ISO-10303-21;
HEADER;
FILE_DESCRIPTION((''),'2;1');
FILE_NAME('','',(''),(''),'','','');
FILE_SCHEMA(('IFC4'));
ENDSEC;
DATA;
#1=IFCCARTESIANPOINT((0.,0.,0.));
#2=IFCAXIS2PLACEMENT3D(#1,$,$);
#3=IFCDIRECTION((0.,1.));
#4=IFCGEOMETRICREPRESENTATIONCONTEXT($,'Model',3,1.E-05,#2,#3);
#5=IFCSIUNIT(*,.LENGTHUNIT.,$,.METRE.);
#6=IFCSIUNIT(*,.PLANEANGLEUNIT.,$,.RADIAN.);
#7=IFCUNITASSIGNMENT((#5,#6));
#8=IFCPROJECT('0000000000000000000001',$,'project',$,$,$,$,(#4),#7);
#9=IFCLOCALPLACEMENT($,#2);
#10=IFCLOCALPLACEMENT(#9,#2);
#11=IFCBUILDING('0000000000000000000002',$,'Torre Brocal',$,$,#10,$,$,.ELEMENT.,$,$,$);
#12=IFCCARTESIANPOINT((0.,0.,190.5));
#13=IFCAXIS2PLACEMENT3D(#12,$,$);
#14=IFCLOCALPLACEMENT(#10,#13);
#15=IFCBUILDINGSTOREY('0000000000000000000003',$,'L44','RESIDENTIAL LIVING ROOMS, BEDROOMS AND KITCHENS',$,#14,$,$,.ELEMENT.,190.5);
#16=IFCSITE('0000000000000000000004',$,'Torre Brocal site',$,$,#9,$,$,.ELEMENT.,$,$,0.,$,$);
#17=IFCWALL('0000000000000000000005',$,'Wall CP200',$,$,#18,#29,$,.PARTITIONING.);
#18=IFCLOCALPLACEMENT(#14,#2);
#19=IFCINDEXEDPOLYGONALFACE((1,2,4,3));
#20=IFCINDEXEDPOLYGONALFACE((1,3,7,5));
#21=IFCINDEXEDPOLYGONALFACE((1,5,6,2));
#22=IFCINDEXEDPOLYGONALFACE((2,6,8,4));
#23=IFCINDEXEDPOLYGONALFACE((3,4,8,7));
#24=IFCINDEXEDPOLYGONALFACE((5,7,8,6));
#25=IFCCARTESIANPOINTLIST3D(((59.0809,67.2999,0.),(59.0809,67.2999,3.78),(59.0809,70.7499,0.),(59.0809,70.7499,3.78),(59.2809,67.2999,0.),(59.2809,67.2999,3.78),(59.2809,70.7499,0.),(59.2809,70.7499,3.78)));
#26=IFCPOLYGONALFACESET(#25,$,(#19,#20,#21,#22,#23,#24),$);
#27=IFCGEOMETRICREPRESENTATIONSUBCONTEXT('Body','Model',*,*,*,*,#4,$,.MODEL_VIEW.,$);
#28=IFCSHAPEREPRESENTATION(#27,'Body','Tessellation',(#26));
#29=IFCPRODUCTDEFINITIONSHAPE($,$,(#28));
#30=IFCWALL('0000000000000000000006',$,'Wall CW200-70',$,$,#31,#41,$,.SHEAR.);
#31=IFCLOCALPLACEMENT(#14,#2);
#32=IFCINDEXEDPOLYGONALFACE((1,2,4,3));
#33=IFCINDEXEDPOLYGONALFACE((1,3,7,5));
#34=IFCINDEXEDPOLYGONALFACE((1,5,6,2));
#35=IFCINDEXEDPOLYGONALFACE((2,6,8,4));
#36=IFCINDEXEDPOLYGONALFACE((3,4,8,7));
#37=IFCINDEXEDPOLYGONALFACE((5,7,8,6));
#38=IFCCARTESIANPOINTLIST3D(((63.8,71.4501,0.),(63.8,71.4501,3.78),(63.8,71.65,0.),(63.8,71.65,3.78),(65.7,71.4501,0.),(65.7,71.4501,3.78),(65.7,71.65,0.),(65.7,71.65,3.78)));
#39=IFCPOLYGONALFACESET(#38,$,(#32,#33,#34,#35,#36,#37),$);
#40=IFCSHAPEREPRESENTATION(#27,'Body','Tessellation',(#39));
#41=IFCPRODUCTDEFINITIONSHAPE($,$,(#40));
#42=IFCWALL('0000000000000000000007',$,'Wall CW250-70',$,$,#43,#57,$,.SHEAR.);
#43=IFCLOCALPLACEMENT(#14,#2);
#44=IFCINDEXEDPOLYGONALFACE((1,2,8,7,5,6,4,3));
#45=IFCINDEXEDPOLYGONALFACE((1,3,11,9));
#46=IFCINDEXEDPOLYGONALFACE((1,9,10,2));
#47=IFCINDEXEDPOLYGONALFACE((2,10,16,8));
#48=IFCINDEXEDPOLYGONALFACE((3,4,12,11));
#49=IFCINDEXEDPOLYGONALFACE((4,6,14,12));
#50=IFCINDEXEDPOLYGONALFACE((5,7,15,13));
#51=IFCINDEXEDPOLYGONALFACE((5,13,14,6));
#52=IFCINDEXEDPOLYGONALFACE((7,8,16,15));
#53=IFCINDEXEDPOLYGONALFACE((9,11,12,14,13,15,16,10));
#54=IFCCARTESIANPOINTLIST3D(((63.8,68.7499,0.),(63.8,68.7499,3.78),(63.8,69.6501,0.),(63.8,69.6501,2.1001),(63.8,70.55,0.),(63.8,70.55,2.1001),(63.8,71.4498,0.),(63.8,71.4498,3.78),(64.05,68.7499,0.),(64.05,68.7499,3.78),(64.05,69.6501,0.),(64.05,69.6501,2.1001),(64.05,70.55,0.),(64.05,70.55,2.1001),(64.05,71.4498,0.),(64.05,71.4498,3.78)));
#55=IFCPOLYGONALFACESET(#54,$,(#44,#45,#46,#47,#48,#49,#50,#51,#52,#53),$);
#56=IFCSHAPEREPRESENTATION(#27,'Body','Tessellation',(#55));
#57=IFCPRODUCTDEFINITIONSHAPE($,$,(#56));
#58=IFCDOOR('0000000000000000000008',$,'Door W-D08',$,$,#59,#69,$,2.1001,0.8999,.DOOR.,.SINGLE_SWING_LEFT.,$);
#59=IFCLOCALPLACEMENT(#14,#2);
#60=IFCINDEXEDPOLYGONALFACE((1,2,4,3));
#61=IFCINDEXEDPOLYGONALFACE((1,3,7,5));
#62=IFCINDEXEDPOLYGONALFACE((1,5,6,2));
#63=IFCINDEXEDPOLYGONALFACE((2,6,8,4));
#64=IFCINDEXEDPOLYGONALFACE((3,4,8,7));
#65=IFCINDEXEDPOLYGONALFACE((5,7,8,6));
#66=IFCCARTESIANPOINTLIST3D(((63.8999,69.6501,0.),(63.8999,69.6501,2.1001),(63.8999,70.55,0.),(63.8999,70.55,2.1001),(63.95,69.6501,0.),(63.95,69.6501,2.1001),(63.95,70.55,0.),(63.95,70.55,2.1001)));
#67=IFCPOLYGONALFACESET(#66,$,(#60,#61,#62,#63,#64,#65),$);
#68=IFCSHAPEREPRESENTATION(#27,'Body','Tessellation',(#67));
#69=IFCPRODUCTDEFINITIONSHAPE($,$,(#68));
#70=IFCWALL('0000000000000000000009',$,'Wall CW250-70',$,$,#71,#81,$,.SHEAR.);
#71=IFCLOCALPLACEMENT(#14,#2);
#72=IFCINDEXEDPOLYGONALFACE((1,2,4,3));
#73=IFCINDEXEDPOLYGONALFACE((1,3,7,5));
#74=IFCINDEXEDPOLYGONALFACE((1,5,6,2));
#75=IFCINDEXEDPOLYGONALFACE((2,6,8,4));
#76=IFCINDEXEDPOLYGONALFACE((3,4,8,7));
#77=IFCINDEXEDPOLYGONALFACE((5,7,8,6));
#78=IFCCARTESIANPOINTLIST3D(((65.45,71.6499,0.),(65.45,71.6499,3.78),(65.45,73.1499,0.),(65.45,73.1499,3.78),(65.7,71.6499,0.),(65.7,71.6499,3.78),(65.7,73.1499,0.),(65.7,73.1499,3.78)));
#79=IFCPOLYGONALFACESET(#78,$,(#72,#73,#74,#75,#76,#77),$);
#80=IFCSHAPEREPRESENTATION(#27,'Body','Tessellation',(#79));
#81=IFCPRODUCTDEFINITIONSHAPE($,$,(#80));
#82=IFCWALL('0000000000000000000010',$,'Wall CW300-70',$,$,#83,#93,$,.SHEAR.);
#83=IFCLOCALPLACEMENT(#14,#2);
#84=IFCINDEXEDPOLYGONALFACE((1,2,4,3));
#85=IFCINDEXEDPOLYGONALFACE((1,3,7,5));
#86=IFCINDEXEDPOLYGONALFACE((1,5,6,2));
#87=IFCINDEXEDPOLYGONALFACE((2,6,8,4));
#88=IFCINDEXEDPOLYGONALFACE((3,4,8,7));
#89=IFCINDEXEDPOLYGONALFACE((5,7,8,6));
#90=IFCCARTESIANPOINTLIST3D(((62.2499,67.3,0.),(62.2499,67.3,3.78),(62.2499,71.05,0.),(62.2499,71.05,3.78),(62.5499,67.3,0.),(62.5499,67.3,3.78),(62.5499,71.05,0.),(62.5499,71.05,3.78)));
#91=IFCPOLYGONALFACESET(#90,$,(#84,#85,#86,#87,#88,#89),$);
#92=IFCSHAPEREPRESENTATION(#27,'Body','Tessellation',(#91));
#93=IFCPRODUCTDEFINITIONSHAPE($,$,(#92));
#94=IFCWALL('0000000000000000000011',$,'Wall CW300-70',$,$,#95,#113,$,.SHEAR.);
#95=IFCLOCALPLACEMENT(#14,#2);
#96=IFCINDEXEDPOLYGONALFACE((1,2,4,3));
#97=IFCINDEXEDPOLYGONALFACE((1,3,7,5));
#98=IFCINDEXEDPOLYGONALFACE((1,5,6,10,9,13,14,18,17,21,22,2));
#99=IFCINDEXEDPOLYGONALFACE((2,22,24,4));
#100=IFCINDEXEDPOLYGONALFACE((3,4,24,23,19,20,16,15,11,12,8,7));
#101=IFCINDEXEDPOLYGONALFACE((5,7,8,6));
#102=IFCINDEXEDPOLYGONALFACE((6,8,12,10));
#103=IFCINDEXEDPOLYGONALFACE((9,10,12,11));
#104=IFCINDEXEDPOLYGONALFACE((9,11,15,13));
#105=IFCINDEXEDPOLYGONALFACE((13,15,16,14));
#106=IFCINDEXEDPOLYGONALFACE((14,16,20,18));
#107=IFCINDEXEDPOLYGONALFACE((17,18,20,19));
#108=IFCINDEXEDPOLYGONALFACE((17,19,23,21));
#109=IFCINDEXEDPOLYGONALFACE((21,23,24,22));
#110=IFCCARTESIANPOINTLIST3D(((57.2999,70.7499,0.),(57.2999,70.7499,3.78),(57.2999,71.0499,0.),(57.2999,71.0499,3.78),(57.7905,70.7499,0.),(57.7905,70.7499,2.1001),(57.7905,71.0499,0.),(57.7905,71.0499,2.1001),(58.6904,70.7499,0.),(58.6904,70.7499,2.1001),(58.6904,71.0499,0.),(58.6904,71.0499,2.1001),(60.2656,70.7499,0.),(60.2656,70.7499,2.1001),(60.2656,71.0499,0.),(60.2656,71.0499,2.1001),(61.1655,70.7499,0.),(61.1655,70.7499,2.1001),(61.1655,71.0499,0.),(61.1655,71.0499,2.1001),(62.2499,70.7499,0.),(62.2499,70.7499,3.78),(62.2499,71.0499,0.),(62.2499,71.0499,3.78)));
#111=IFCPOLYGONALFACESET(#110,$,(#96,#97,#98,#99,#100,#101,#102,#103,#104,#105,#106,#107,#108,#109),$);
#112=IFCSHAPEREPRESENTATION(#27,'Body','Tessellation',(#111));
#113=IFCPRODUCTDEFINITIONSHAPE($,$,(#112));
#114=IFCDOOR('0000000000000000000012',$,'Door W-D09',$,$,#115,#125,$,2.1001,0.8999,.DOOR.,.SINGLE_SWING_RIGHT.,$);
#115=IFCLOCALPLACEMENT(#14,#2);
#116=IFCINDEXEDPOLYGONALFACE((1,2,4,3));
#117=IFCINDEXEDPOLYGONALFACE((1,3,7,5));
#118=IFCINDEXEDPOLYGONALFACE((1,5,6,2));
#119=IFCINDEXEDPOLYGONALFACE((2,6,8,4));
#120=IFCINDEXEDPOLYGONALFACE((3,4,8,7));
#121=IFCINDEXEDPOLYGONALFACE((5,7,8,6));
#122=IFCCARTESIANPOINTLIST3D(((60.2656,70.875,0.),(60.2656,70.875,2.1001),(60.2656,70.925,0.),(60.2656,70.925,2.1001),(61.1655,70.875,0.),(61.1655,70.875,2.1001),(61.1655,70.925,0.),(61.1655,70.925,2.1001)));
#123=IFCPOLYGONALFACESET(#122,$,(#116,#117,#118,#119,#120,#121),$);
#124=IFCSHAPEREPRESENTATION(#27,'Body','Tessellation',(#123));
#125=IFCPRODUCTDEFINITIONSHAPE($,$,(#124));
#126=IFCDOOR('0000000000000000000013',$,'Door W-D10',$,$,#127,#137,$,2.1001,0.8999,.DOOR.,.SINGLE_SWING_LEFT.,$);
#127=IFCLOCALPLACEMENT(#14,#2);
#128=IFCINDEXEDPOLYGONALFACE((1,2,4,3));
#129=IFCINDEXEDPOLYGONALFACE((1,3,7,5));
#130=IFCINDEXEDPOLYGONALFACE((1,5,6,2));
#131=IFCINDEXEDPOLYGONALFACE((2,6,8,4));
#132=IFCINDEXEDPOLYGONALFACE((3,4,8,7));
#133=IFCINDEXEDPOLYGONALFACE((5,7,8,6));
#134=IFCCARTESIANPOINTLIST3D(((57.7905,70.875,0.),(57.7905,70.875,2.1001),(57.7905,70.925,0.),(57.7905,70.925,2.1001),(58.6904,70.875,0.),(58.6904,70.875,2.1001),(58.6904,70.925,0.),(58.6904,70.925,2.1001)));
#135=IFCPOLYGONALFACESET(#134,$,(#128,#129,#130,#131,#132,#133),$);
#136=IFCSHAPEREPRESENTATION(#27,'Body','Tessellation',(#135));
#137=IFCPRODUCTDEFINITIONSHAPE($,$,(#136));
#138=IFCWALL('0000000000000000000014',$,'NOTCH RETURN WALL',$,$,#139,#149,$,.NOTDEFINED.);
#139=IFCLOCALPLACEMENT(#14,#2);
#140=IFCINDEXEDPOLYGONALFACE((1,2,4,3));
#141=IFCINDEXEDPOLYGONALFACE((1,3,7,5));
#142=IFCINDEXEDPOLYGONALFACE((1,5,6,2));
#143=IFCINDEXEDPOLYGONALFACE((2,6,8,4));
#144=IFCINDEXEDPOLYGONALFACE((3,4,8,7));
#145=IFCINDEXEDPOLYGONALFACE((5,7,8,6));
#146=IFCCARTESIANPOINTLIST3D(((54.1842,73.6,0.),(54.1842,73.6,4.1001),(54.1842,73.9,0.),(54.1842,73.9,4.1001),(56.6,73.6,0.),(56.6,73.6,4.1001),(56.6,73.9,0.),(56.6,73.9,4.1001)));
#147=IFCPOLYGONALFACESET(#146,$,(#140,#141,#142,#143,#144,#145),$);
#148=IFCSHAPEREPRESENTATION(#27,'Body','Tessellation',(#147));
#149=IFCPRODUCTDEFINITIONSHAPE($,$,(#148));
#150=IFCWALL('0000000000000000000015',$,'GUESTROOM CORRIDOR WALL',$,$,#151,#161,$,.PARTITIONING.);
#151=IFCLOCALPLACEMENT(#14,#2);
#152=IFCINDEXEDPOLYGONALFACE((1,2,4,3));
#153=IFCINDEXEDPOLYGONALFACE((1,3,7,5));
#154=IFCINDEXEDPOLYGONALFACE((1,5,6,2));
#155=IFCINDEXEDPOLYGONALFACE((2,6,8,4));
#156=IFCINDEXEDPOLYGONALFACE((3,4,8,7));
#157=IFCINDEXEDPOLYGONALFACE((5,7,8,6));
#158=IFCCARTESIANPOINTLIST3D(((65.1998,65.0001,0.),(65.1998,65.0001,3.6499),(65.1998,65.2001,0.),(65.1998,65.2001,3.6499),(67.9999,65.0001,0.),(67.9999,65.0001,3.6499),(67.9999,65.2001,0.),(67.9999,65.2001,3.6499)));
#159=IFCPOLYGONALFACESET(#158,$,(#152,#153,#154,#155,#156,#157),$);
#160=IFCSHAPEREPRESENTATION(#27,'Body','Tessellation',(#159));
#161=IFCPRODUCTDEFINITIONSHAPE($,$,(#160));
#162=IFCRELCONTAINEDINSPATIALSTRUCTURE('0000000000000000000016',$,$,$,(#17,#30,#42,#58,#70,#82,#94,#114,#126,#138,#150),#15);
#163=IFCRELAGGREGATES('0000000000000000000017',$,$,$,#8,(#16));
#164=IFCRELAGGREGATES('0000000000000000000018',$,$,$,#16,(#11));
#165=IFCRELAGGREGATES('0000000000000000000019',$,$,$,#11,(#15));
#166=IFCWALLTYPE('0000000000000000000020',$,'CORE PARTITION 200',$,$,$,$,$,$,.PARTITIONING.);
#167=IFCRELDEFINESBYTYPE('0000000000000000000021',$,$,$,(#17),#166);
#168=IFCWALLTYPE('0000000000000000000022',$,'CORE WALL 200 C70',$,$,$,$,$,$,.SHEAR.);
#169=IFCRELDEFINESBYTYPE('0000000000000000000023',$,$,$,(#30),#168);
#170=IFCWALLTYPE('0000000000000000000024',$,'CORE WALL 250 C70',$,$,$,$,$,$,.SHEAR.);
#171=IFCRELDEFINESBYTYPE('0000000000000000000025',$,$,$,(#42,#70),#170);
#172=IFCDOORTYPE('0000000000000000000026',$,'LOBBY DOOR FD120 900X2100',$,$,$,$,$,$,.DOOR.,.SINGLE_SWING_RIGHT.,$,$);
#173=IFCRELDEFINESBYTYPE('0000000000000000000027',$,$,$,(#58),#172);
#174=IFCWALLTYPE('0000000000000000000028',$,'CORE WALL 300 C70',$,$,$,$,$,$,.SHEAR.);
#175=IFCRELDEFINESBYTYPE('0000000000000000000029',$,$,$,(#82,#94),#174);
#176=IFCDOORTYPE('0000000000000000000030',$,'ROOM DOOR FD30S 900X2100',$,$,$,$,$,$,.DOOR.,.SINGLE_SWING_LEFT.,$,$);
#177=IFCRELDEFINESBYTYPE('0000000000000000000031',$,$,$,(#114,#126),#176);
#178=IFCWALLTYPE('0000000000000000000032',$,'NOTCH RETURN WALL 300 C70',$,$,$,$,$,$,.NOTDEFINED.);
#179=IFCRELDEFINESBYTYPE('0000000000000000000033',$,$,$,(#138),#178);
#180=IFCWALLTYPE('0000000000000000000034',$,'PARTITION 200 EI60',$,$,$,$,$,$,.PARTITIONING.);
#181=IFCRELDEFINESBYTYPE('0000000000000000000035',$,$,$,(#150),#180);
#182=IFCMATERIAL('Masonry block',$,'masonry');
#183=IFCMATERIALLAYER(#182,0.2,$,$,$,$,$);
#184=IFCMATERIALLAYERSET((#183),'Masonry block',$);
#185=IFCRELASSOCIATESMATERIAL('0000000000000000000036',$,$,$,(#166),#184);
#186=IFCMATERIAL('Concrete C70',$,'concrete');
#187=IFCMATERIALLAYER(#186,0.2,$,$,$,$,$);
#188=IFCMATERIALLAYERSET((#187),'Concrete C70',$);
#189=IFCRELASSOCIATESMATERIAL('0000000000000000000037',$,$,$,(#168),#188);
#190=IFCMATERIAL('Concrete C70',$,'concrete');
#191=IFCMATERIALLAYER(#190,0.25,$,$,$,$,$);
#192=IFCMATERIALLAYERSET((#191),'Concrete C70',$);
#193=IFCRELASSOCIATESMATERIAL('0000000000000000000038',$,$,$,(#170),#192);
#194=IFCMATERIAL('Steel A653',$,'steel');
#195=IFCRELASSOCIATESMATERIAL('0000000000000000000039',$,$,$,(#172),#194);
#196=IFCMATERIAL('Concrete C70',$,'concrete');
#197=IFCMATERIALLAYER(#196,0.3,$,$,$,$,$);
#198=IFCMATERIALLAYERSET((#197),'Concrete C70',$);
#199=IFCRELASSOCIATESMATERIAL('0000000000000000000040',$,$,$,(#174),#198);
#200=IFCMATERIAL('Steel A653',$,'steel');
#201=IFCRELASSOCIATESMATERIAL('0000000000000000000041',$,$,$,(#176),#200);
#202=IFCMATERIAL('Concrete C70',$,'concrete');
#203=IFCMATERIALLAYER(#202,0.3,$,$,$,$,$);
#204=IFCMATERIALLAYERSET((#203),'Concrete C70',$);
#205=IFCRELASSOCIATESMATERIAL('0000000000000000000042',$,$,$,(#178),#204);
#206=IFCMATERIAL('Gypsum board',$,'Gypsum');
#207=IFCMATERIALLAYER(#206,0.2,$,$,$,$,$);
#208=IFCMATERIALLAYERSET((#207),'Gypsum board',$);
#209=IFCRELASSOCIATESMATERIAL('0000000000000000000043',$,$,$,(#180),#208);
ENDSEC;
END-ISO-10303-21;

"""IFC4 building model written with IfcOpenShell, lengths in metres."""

from ifc_helpers import new_model, si_unit, direction, frame, frame_2d, origin, place, context, subcontext, project, spatial, rectangle, extrude, material, layer, layer_set, type_object, element, fill, save


model = new_model("IFC4")

# Units and contexts
model_context = context("Model", 3, precision=1e-05, world=origin(), true_north=direction((0.0, 1.0)))
body_context = subcontext(model_context, "Body", "Model", "MODEL_VIEW")
ifc_project = project(units=[si_unit("LENGTHUNIT", "METRE"), si_unit("PLANEANGLEUNIT", "RADIAN")], contexts=[model_context])

# Site, building, storey
site_placement = place(None, origin())
site = spatial("IfcSite", under=ifc_project, at=site_placement, Name="Torre Brocal site", CompositionType="ELEMENT", RefElevation=0.0)
building_placement = place(site_placement, origin())
building = spatial("IfcBuilding", under=site, at=building_placement, Name="Torre Brocal", CompositionType="ELEMENT")
storey_placement = place(building_placement, frame((0.0, 0.0, 190.5)))
storey = spatial("IfcBuildingStorey", under=building, at=storey_placement, Name="L44", Description="RESIDENTIAL LIVING ROOMS, BEDROOMS AND KITCHENS", CompositionType="ELEMENT", Elevation=190.5)

# Walls
ifc_material_1 = material(Name="Masonry block", Category="masonry")
ifc_layer_1 = layer(ifc_material_1, 0.2)
ifc_layer_set_1 = layer_set([ifc_layer_1], Name="Masonry block")
wall_type_1 = type_object("IfcWallType", Name="CORE PARTITION 200", PredefinedType="PARTITIONING", material=ifc_layer_set_1)
wall_1_placement = place(storey_placement, frame((59.1809, 70.75, 0.0), z_axis=(0.0, 0.0, 1.0), x_axis=(0.0, -1.0, 0.0)))
element("IfcWall", 1, at=wall_1_placement, inside=storey, type_object=wall_type_1, Name="Wall CP200", PredefinedType="PARTITIONING", context=body_context, shape_type="SweptSolid", body=[
    extrude(rectangle(XDim=3.45, YDim=0.2, at=frame_2d((1.7251, 0.0))), origin(), (0.0, 0.0, 1.0), 3.78),
])
ifc_material_2 = material(Name="Concrete C70", Category="concrete")
ifc_layer_2 = layer(ifc_material_2, 0.2)
ifc_layer_set_2 = layer_set([ifc_layer_2], Name="Concrete C70")
wall_type_2 = type_object("IfcWallType", Name="CORE WALL 200 C70", PredefinedType="SHEAR", material=ifc_layer_set_2)
wall_2_placement = place(storey_placement, frame((65.7, 71.55, 0.0), z_axis=(0.0, 0.0, 1.0), x_axis=(-1.0, 0.0, 0.0)))
element("IfcWall", 2, at=wall_2_placement, inside=storey, type_object=wall_type_2, Name="Wall CW200-70", PredefinedType="SHEAR", context=body_context, shape_type="SweptSolid", body=[
    extrude(rectangle(XDim=1.8999, YDim=0.2, at=frame_2d((0.95, 0.0))), origin(), (0.0, 0.0, 1.0), 3.78),
])

# Wall, opening, door
ifc_material_3 = material(Name="Concrete C70", Category="concrete")
ifc_layer_3 = layer(ifc_material_3, 0.25)
ifc_layer_set_3 = layer_set([ifc_layer_3], Name="Concrete C70")
wall_type_3 = type_object("IfcWallType", Name="CORE WALL 250 C70", PredefinedType="SHEAR", material=ifc_layer_set_3)
wall_3_placement = place(storey_placement, frame((63.925, 71.45, 0.0), z_axis=(0.0, 0.0, 1.0), x_axis=(0.0, -1.0, 0.0)))
wall_3 = element("IfcWall", 3, at=wall_3_placement, inside=storey, type_object=wall_type_3, Name="Wall CW250-70", PredefinedType="SHEAR", context=body_context, shape_type="SweptSolid", body=[
    extrude(rectangle(XDim=2.7, YDim=0.25, at=frame_2d((1.3501, 0.0))), origin(), (0.0, 0.0, 1.0), 3.78),
])
opening_1_placement = place(wall_3_placement, frame((0.8999, 0.0, 0.0)))
opening_1 = element("IfcOpeningElement", 4, at=opening_1_placement, cuts=wall_3, PredefinedType="OPENING", context=body_context, shape_type="SweptSolid", body=[
    extrude(rectangle(XDim=0.8999, YDim=2.1001, at=frame_2d((0.45, 1.05))), frame((0.0, 0.135, 0.0), z_axis=(0.0, -1.0, 0.0), x_axis=(1.0, 0.0, 0.0)), (0.0, 0.0, 1.0), 0.27),
])
ifc_material_4 = material(Name="Steel A653", Category="steel")
door_type_1 = type_object("IfcDoorType", Name="LOBBY DOOR FD120 900X2100", OperationType="SINGLE_SWING_RIGHT", PredefinedType="DOOR", material=ifc_material_4)
door_1_placement = place(opening_1_placement, origin())
door_1 = element("IfcDoor", 5, at=door_1_placement, inside=storey, type_object=door_type_1, Name="Door W-D08", OperationType="SINGLE_SWING_LEFT", OverallHeight=2.1001, OverallWidth=0.8999, PredefinedType="DOOR", context=body_context, shape_type="SweptSolid", body=[
    extrude(rectangle(XDim=0.8999, YDim=2.1001, at=frame_2d((0.45, 1.05))), frame((0.0, 0.0249, 0.0), z_axis=(0.0, -1.0, 0.0), x_axis=(1.0, 0.0, 0.0)), (0.0, 0.0, 1.0), 0.05),
])
fill(opening_1, door_1)

# Walls
wall_4_placement = place(storey_placement, frame((65.575, 73.1499, 0.0), z_axis=(0.0, 0.0, 1.0), x_axis=(0.0, -1.0, 0.0)))
element("IfcWall", 6, at=wall_4_placement, inside=storey, type_object=wall_type_3, Name="Wall CW250-70", PredefinedType="SHEAR", context=body_context, shape_type="SweptSolid", body=[
    extrude(rectangle(XDim=1.5, YDim=0.25, at=frame_2d((0.75, 0.0))), origin(), (0.0, 0.0, 1.0), 3.78),
])
ifc_material_5 = material(Name="Concrete C70", Category="concrete")
ifc_layer_4 = layer(ifc_material_5, 0.3)
ifc_layer_set_4 = layer_set([ifc_layer_4], Name="Concrete C70")
wall_type_4 = type_object("IfcWallType", Name="CORE WALL 300 C70", PredefinedType="SHEAR", material=ifc_layer_set_4)
wall_5_placement = place(storey_placement, frame((62.3999, 71.05, 0.0), z_axis=(0.0, 0.0, 1.0), x_axis=(0.0, -1.0, 0.0)))
element("IfcWall", 7, at=wall_5_placement, inside=storey, type_object=wall_type_4, Name="Wall CW300-70", PredefinedType="SHEAR", context=body_context, shape_type="SweptSolid", body=[
    extrude(rectangle(XDim=3.75, YDim=0.3, at=frame_2d((1.875, 0.0))), origin(), (0.0, 0.0, 1.0), 3.78),
])

# Wall, openings, doors
wall_6_placement = place(storey_placement, frame((62.25, 70.8999, 0.0), z_axis=(0.0, 0.0, 1.0), x_axis=(-1.0, 0.0, 0.0)))
wall_6 = element("IfcWall", 8, at=wall_6_placement, inside=storey, type_object=wall_type_4, Name="Wall CW300-70", PredefinedType="SHEAR", context=body_context, shape_type="SweptSolid", body=[
    extrude(rectangle(XDim=4.95, YDim=0.3, at=frame_2d((2.4751, 0.0))), origin(), (0.0, 0.0, 1.0), 3.78),
])
opening_2_placement = place(wall_6_placement, frame((1.0845, 0.0, 0.0)))
opening_2 = element("IfcOpeningElement", 9, at=opening_2_placement, cuts=wall_6, PredefinedType="OPENING", context=body_context, shape_type="SweptSolid", body=[
    extrude(rectangle(XDim=0.8999, YDim=2.1001, at=frame_2d((0.45, 1.05))), frame((0.0, 0.1599, 0.0), z_axis=(0.0, -1.0, 0.0), x_axis=(1.0, 0.0, 0.0)), (0.0, 0.0, 1.0), 0.3201),
])
opening_3_placement = place(wall_6_placement, frame((3.5596, 0.0, 0.0)))
opening_3 = element("IfcOpeningElement", 10, at=opening_3_placement, cuts=wall_6, PredefinedType="OPENING", context=body_context, shape_type="SweptSolid", body=[
    extrude(rectangle(XDim=0.8999, YDim=2.1001, at=frame_2d((0.45, 1.05))), frame((0.0, 0.1599, 0.0), z_axis=(0.0, -1.0, 0.0), x_axis=(1.0, 0.0, 0.0)), (0.0, 0.0, 1.0), 0.3201),
])
ifc_material_6 = material(Name="Steel A653", Category="steel")
door_type_2 = type_object("IfcDoorType", Name="ROOM DOOR FD30S 900X2100", OperationType="SINGLE_SWING_LEFT", PredefinedType="DOOR", material=ifc_material_6)
door_2_placement = place(opening_2_placement, origin())
door_2 = element("IfcDoor", 11, at=door_2_placement, inside=storey, type_object=door_type_2, Name="Door W-D09", OperationType="SINGLE_SWING_RIGHT", OverallHeight=2.1001, OverallWidth=0.8999, PredefinedType="DOOR", context=body_context, shape_type="SweptSolid", body=[
    extrude(rectangle(XDim=0.8999, YDim=2.1001, at=frame_2d((0.45, 1.05))), frame((0.0, 0.0249, 0.0), z_axis=(0.0, -1.0, 0.0), x_axis=(1.0, 0.0, 0.0)), (0.0, 0.0, 1.0), 0.05),
])
fill(opening_2, door_2)
door_3_placement = place(opening_3_placement, origin())
door_3 = element("IfcDoor", 12, at=door_3_placement, inside=storey, type_object=door_type_2, Name="Door W-D10", OperationType="SINGLE_SWING_LEFT", OverallHeight=2.1001, OverallWidth=0.8999, PredefinedType="DOOR", context=body_context, shape_type="SweptSolid", body=[
    extrude(rectangle(XDim=0.8999, YDim=2.1001, at=frame_2d((0.45, 1.05))), frame((0.0, 0.0249, 0.0), z_axis=(0.0, -1.0, 0.0), x_axis=(1.0, 0.0, 0.0)), (0.0, 0.0, 1.0), 0.05),
])
fill(opening_3, door_3)

# Walls
ifc_material_7 = material(Name="Concrete C70", Category="concrete")
ifc_layer_5 = layer(ifc_material_7, 0.3)
ifc_layer_set_5 = layer_set([ifc_layer_5], Name="Concrete C70")
wall_type_5 = type_object("IfcWallType", Name="NOTCH RETURN WALL 300 C70", PredefinedType="NOTDEFINED", material=ifc_layer_set_5)
wall_7_placement = place(storey_placement, frame((56.6001, 73.75, 0.0), z_axis=(0.0, 0.0, 1.0), x_axis=(-1.0, 0.0, 0.0)))
element("IfcWall", 13, at=wall_7_placement, inside=storey, type_object=wall_type_5, Name="NOTCH RETURN WALL", PredefinedType="NOTDEFINED", context=body_context, shape_type="SweptSolid", body=[
    extrude(rectangle(XDim=2.4158, YDim=0.3, at=frame_2d((1.208, 0.0))), origin(), (0.0, 0.0, 1.0), 4.1001),
])
ifc_material_8 = material(Name="Gypsum board", Category="Gypsum")
ifc_layer_6 = layer(ifc_material_8, 0.2)
ifc_layer_set_6 = layer_set([ifc_layer_6], Name="Gypsum board")
wall_type_6 = type_object("IfcWallType", Name="PARTITION 200 EI60", PredefinedType="PARTITIONING", material=ifc_layer_set_6)
wall_8_placement = place(storey_placement, frame((65.2, 65.1001, 0.0), z_axis=(0.0, 0.0, 1.0), x_axis=(1.0, 0.0, 0.0)))
element("IfcWall", 14, at=wall_8_placement, inside=storey, type_object=wall_type_6, Name="GUESTROOM CORRIDOR WALL", PredefinedType="PARTITIONING", context=body_context, shape_type="SweptSolid", body=[
    extrude(rectangle(XDim=2.8, YDim=0.2, at=frame_2d((1.3999, 0.0))), origin(), (0.0, 0.0, 1.0), 3.6499),
])

save(model, "model.ifc")
